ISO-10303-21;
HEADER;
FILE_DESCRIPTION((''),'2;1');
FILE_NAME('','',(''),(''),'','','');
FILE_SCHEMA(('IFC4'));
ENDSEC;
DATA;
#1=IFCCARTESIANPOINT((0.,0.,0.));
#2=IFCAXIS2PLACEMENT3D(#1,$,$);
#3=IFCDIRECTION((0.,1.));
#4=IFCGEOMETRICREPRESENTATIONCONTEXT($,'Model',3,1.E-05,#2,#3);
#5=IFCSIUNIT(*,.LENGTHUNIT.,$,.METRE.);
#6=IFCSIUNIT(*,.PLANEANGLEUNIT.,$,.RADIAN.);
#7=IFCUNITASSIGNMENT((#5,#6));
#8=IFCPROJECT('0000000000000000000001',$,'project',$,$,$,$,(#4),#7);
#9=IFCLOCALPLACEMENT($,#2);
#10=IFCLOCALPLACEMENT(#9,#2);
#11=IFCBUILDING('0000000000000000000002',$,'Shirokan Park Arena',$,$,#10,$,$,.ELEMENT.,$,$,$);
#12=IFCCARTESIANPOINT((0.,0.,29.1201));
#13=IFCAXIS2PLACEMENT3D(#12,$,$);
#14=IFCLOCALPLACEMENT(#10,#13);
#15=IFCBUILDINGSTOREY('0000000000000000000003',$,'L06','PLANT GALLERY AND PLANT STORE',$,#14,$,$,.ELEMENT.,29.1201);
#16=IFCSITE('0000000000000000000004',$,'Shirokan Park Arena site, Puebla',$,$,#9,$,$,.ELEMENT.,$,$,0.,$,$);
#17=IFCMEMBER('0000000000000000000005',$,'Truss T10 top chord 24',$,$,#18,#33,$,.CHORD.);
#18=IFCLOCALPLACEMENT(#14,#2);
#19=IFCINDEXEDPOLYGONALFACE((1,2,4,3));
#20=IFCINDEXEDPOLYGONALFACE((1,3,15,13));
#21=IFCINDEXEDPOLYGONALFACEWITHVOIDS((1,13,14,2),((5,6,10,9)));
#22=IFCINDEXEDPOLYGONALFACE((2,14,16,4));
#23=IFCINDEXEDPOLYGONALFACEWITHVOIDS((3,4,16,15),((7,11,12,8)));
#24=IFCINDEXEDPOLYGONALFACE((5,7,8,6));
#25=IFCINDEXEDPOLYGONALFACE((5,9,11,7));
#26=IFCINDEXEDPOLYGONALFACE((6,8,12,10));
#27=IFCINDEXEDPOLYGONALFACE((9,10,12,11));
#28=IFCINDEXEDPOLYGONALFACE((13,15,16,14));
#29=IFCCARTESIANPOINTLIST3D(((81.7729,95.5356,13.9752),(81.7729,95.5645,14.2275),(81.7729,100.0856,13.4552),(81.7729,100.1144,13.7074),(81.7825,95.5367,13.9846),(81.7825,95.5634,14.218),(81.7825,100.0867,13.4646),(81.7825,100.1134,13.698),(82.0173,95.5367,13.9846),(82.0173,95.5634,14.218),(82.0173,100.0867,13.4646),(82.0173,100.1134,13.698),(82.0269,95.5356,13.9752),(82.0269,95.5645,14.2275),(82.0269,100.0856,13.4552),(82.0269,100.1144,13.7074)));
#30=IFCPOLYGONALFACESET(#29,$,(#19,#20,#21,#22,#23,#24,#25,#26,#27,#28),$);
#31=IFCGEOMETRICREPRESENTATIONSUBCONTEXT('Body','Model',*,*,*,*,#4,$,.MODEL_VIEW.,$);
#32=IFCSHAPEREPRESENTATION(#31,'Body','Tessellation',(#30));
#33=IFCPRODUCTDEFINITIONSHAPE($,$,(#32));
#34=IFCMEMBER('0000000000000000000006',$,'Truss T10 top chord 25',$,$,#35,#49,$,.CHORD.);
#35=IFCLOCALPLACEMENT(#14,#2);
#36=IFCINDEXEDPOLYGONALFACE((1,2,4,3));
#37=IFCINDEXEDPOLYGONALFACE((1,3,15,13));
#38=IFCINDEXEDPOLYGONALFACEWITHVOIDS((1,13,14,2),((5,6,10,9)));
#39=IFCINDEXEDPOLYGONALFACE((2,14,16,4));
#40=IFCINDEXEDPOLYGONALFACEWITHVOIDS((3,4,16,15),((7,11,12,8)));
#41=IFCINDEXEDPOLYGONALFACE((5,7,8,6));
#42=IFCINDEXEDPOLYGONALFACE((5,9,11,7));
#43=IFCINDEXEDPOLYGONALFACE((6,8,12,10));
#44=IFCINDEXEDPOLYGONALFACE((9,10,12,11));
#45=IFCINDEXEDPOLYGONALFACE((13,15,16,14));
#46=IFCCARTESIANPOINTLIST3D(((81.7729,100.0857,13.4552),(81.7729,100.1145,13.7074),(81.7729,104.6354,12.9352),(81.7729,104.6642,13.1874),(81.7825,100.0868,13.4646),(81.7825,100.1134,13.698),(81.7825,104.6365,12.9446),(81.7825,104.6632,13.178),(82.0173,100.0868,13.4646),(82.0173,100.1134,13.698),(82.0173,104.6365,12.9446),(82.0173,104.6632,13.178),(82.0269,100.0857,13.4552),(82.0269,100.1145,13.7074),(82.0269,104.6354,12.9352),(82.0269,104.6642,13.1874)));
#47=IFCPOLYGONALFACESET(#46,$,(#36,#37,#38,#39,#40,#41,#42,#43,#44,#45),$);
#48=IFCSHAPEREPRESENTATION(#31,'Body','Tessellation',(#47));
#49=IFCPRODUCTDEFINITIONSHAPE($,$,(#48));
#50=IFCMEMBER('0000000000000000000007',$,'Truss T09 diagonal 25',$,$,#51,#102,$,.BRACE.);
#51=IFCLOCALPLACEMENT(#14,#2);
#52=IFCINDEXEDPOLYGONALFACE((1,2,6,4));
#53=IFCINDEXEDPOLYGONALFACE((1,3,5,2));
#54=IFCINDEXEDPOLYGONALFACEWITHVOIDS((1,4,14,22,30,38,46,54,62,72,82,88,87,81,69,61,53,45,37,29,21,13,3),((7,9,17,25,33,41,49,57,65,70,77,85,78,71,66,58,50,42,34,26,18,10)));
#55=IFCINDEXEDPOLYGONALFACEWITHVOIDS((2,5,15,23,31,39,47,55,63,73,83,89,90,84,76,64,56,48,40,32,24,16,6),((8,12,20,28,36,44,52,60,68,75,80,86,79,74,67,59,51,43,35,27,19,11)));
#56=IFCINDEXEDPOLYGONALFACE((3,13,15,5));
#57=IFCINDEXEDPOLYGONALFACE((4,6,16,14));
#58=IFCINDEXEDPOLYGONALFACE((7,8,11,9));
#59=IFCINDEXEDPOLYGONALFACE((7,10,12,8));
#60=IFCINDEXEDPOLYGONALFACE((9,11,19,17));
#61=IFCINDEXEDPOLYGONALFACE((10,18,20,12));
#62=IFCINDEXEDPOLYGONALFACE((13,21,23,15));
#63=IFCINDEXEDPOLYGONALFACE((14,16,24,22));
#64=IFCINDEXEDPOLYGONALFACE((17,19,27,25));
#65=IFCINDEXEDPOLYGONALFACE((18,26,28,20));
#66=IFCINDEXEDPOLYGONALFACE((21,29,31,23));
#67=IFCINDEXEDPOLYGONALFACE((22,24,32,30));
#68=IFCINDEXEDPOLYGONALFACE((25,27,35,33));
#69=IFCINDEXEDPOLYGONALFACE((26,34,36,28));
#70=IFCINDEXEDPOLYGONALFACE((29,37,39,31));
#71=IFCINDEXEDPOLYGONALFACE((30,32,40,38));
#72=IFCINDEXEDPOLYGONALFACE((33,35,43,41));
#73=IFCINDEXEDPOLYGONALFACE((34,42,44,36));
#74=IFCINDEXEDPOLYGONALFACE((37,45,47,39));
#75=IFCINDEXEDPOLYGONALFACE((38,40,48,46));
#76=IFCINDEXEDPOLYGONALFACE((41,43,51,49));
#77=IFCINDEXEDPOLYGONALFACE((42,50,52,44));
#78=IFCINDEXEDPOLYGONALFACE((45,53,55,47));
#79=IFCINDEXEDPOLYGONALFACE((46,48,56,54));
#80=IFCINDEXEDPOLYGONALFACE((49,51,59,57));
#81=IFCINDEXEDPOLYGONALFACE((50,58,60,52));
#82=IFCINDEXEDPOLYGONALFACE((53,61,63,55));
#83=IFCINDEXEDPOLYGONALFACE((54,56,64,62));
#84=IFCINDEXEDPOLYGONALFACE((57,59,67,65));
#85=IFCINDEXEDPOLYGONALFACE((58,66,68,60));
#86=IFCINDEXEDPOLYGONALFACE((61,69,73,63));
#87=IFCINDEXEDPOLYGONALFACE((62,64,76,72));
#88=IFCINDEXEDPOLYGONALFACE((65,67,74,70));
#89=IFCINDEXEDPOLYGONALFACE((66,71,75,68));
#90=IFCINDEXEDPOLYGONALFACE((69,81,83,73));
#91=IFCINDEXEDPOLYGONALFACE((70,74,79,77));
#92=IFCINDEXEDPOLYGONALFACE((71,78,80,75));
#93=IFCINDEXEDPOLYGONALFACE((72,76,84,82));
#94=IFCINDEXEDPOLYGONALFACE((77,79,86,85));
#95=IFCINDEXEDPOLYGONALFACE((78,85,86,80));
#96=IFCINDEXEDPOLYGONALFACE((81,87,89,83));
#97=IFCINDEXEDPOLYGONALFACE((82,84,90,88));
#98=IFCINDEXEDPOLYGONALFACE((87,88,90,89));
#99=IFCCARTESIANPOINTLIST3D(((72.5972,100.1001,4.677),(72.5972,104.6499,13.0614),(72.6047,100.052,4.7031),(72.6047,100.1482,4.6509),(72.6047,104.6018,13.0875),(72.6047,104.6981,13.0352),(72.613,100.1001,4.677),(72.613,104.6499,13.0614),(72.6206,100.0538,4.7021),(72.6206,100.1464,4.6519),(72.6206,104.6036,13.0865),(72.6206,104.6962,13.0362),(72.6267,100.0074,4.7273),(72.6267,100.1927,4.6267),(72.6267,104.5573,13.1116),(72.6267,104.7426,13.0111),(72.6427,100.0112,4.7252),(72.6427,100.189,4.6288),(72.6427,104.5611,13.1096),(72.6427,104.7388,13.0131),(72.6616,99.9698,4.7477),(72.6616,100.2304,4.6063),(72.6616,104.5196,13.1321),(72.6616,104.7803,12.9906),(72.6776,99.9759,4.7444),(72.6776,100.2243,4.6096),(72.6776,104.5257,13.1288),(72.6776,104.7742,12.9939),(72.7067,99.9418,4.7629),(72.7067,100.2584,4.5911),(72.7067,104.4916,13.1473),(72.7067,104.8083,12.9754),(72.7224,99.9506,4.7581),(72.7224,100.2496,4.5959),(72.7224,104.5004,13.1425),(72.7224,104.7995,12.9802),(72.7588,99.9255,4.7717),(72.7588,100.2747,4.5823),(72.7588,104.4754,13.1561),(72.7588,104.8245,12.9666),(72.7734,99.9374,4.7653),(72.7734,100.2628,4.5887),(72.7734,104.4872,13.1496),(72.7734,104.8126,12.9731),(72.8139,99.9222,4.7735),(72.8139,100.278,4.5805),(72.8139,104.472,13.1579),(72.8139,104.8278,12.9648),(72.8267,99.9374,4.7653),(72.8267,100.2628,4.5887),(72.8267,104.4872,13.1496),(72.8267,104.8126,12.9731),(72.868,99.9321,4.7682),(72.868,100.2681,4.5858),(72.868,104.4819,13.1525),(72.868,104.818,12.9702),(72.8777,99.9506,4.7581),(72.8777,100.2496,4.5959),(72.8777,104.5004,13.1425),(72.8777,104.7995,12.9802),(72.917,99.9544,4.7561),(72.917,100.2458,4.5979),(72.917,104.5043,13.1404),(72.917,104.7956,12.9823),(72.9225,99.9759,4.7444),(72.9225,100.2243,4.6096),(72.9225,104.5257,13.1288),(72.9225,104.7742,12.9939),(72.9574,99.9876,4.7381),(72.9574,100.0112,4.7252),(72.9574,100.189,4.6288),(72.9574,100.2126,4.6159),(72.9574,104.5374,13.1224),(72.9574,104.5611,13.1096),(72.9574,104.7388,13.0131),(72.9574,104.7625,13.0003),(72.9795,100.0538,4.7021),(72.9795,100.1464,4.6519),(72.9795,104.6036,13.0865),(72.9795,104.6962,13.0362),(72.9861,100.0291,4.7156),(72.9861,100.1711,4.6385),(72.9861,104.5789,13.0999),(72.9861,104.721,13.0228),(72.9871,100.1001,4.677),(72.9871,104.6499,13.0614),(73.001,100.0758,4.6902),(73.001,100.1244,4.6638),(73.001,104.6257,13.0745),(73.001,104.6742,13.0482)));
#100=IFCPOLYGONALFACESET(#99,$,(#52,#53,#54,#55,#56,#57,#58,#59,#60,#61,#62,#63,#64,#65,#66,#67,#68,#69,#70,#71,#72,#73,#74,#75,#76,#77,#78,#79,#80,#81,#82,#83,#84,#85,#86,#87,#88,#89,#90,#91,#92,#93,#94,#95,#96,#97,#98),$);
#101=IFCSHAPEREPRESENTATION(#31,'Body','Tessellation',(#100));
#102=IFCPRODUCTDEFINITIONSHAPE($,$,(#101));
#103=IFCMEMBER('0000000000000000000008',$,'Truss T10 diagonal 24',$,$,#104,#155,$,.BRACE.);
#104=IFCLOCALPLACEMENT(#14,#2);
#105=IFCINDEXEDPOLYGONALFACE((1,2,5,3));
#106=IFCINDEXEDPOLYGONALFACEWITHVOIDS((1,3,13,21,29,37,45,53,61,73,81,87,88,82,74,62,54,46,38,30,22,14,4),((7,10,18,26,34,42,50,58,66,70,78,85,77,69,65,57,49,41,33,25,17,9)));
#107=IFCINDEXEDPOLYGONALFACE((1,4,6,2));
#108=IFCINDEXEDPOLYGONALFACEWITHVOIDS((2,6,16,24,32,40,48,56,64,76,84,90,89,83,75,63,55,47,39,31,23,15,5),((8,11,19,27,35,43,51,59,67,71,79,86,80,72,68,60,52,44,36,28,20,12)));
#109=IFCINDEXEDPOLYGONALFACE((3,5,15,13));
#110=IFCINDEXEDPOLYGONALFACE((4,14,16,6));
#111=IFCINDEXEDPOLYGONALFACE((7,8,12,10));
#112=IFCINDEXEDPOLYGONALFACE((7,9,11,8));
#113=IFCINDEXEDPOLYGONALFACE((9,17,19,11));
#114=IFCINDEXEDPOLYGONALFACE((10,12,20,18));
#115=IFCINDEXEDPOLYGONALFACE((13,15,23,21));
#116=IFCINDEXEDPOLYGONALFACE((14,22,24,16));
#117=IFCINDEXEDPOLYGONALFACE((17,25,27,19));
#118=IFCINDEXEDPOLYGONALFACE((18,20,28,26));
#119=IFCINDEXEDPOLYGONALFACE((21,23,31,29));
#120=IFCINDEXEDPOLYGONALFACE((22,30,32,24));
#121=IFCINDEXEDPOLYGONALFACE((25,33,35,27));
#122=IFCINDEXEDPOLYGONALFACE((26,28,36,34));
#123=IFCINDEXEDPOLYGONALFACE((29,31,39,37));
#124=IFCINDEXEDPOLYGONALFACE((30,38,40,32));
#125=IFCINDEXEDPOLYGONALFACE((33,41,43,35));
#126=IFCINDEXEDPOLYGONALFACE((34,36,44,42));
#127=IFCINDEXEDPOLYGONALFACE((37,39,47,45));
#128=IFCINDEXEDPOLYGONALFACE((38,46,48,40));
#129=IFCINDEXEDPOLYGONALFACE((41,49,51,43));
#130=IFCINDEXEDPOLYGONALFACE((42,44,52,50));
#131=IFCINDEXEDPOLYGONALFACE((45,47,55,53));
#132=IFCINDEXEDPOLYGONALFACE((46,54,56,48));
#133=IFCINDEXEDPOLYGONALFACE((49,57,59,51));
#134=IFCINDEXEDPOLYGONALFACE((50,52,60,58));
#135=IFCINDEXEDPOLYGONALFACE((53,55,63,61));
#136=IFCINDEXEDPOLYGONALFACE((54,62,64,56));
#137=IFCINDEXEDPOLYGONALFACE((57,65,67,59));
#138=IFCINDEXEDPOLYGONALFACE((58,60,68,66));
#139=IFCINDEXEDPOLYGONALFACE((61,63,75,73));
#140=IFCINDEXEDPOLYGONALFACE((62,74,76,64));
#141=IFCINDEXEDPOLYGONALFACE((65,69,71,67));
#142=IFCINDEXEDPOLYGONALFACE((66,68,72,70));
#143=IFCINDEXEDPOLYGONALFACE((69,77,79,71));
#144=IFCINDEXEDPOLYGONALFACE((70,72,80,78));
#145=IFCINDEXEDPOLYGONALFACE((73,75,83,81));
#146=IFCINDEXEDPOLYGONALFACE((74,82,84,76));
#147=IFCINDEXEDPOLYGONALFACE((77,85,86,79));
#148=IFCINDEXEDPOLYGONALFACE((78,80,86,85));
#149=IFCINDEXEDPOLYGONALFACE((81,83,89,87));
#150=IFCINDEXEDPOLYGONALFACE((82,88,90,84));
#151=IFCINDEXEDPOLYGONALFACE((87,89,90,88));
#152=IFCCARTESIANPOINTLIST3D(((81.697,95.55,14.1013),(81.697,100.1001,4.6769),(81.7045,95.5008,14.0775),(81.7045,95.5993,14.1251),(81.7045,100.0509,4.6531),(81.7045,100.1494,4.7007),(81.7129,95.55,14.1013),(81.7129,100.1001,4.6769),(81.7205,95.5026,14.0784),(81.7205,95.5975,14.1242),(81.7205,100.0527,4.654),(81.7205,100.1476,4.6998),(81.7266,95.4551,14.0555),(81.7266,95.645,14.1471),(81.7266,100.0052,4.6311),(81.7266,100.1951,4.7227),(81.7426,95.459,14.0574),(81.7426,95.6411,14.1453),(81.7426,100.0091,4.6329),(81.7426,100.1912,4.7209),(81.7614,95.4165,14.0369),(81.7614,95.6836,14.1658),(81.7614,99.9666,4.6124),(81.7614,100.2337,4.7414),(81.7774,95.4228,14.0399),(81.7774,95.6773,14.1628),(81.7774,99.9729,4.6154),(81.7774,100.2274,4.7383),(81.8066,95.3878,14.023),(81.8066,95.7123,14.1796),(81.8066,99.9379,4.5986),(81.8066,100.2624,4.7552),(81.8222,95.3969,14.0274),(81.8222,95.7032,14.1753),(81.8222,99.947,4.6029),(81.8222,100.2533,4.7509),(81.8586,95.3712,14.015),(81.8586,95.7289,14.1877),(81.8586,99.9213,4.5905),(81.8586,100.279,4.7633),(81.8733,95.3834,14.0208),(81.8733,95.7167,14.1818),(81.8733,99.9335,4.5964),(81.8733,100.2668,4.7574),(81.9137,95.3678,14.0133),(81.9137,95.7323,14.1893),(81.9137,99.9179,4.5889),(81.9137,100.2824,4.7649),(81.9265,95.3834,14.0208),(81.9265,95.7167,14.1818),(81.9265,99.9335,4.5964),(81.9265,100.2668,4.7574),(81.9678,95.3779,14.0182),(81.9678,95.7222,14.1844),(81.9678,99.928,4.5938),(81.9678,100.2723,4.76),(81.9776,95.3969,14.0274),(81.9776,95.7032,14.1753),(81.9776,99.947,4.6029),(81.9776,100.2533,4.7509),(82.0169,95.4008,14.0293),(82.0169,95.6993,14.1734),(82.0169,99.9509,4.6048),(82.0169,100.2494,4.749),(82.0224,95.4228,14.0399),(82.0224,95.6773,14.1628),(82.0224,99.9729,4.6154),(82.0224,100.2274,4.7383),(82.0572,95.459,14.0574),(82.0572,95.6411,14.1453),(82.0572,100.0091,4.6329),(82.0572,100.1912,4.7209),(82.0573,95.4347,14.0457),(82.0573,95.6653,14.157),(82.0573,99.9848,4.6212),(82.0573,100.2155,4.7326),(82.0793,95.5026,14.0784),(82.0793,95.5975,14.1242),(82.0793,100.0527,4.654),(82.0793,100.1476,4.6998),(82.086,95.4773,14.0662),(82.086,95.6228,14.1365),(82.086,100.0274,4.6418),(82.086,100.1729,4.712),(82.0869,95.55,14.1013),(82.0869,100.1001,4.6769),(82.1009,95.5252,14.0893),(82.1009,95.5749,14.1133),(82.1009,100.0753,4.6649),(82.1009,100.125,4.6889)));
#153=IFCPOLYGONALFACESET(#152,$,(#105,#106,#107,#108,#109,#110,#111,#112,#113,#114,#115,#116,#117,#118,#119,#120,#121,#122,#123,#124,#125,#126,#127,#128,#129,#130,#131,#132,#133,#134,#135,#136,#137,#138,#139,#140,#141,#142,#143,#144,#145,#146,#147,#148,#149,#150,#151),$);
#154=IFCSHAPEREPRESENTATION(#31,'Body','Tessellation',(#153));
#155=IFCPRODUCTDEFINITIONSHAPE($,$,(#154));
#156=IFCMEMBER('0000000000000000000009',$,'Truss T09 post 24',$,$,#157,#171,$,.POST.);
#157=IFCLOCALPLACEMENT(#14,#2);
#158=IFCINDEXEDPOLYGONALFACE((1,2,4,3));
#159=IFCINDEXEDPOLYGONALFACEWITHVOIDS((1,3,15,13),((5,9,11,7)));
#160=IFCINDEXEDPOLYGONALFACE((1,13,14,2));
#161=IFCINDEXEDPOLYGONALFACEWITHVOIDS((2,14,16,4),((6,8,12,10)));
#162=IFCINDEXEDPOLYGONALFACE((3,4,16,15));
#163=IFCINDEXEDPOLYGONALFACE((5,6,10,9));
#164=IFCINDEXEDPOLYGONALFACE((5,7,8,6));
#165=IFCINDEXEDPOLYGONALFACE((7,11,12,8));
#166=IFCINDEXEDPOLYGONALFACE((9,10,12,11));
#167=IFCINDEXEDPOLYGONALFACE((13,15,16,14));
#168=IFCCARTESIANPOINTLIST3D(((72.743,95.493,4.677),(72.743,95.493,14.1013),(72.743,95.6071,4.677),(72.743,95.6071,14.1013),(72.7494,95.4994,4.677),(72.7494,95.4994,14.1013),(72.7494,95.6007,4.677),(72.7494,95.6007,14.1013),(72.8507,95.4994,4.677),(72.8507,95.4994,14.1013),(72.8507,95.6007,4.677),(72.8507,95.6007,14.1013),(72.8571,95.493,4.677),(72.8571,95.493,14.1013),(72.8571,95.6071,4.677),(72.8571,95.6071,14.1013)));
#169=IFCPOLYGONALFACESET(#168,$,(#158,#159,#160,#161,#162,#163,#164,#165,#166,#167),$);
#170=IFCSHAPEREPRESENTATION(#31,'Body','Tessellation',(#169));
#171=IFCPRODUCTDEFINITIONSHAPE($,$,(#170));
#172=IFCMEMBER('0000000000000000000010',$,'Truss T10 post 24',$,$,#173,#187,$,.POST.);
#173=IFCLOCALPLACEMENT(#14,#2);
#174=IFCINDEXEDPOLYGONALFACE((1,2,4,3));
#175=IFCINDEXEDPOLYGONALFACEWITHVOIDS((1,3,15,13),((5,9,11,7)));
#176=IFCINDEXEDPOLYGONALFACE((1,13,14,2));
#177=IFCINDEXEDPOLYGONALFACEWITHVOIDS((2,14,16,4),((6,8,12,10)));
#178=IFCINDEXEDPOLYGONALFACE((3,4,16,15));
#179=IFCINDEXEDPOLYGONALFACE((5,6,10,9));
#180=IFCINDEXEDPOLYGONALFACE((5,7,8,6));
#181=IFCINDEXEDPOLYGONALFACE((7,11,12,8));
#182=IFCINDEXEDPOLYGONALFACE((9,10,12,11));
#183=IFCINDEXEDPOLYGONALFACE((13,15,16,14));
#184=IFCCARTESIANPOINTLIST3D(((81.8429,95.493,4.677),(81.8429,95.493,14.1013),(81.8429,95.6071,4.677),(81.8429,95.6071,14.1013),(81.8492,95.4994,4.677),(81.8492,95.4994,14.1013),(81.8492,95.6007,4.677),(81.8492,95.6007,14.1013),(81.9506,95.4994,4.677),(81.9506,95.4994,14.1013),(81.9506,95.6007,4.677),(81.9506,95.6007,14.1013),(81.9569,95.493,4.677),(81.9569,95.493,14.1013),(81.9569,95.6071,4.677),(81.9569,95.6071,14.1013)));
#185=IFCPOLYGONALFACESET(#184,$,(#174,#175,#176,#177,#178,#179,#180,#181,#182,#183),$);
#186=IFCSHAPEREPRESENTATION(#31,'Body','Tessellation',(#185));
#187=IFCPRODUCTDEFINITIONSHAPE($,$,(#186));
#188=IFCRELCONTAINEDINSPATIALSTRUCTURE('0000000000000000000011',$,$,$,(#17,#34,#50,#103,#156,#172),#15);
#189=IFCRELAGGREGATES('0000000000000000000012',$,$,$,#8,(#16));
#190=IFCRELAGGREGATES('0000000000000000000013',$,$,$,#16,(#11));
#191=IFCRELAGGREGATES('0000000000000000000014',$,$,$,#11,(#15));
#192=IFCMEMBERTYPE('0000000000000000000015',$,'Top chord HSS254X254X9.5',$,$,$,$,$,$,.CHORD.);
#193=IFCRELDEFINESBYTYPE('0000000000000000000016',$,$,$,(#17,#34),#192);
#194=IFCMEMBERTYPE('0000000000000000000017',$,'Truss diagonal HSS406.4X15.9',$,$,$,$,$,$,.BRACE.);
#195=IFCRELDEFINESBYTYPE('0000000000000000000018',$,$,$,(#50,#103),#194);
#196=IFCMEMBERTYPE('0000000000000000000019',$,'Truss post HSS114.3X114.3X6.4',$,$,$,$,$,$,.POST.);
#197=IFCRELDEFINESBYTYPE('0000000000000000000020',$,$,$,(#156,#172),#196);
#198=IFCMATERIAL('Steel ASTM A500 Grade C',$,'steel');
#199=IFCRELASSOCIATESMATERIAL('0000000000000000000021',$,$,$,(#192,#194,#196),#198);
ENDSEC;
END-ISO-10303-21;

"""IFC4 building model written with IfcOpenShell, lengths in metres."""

from ifc_helpers import new_model, si_unit, direction, frame, origin, origin_2d, place, context, subcontext, project, spatial, hollow_rectangle, hollow_circle, extrude, material, material_profile, profile_set, type_object, element, save


model = new_model("IFC4")

# Units and contexts
model_context = context("Model", 3, precision=1e-05, world=origin(), true_north=direction((0.0, 1.0)))
body_context = subcontext(model_context, "Body", "Model", "MODEL_VIEW")
ifc_project = project(units=[si_unit("LENGTHUNIT", "METRE"), si_unit("PLANEANGLEUNIT", "RADIAN")], contexts=[model_context])

# Site, building, storey
site_placement = place(None, origin())
site = spatial("IfcSite", under=ifc_project, at=site_placement, Name="Shirokan Park Arena site, Puebla", CompositionType="ELEMENT", RefElevation=0.0)
building_placement = place(site_placement, origin())
building = spatial("IfcBuilding", under=site, at=building_placement, Name="Shirokan Park Arena", CompositionType="ELEMENT")
storey_placement = place(building_placement, frame((0.0, 0.0, 29.1201)))
storey = spatial("IfcBuildingStorey", under=building, at=storey_placement, Name="L06", Description="PLANT GALLERY AND PLANT STORE", CompositionType="ELEMENT", Elevation=29.1201)

# Shared definitions
ifc_material_1 = material(Name="Steel ASTM A500 Grade C", Category="steel")

# Members
ifc_material_profile_1 = material_profile(ifc_material_1, hollow_rectangle(XDim=0.2539, YDim=0.2539, WallThickness=0.0095, at=origin_2d()), Name="HSS254X254X9.5")
ifc_profile_set_1 = profile_set([ifc_material_profile_1], Name="Steel ASTM A500 Grade C")
member_type_1 = type_object("IfcMemberType", Name="Top chord HSS254X254X9.5", PredefinedType="CHORD", material=ifc_profile_set_1)
member_1_placement = place(storey_placement, frame((81.8999, 95.55, 14.1013), z_axis=(0.0, 0.993532, -0.11355), x_axis=(-1.0, 0.0, 0.0)))
element("IfcMember", 1, at=member_1_placement, inside=storey, type_object=member_type_1, Name="Truss T10 top chord 24", PredefinedType="CHORD", context=body_context, shape_type="SweptSolid", body=[
    extrude(hollow_rectangle(XDim=0.2539, YDim=0.2539, WallThickness=0.0095, at=origin_2d()), origin(), (0.0, 0.0, 1.0), 4.5796),
])
member_2_placement = place(storey_placement, frame((81.8999, 100.1001, 13.5813), z_axis=(0.0, 0.993532, -0.113556), x_axis=(-1.0, 0.0, 0.0)))
element("IfcMember", 2, at=member_2_placement, inside=storey, type_object=member_type_1, Name="Truss T10 top chord 25", PredefinedType="CHORD", context=body_context, shape_type="SweptSolid", body=[
    extrude(hollow_rectangle(XDim=0.2539, YDim=0.2539, WallThickness=0.0095, at=origin_2d()), origin(), (0.0, 0.0, 1.0), 4.5793),
])
ifc_material_profile_2 = material_profile(ifc_material_1, hollow_circle(Radius=0.2029, WallThickness=0.0159, at=origin_2d()), Name="HSS406.4X15.9")
ifc_profile_set_2 = profile_set([ifc_material_profile_2], Name="Steel ASTM A500 Grade C")
member_type_2 = type_object("IfcMemberType", Name="Truss diagonal HSS406.4X15.9", PredefinedType="BRACE", material=ifc_profile_set_2)
member_3_placement = place(storey_placement, frame((72.8, 100.1001, 4.677), z_axis=(0.0, 0.476957, 0.878926), x_axis=(-1.0, 0.0, 0.0)))
element("IfcMember", 3, at=member_3_placement, inside=storey, type_object=member_type_2, Name="Truss T09 diagonal 25", PredefinedType="BRACE", context=body_context, shape_type="SweptSolid", body=[
    extrude(hollow_circle(Radius=0.2029, WallThickness=0.0159, at=origin_2d()), origin(), (0.0, 0.0, 1.0), 9.5393),
])
member_4_placement = place(storey_placement, frame((81.8999, 95.55, 14.1013), z_axis=(0.0, 0.434778, -0.900537), x_axis=(-1.0, 0.0, 0.0)))
element("IfcMember", 4, at=member_4_placement, inside=storey, type_object=member_type_2, Name="Truss T10 diagonal 24", PredefinedType="BRACE", context=body_context, shape_type="SweptSolid", body=[
    extrude(hollow_circle(Radius=0.2029, WallThickness=0.0159, at=origin_2d()), origin(), (0.0, 0.0, 1.0), 10.4653),
])
ifc_material_profile_3 = material_profile(ifc_material_1, hollow_rectangle(XDim=0.114, YDim=0.114, WallThickness=0.0063, at=origin_2d()), Name="HSS114.3X114.3X6.4")
ifc_profile_set_3 = profile_set([ifc_material_profile_3], Name="Steel ASTM A500 Grade C")
member_type_3 = type_object("IfcMemberType", Name="Truss post HSS114.3X114.3X6.4", PredefinedType="POST", material=ifc_profile_set_3)
for number, where, z_axis, x_axis, name in (
    (5, (72.8, 95.55, 4.677), (0.0, 0.0, 1.0), (1.0, 0.0, 0.0), "Truss T09 post 24"),
    (6, (81.8999, 95.55, 4.677), (0.0, 0.0, 1.0), (1.0, 0.0, 0.0), "Truss T10 post 24"),
):
    element("IfcMember", number, at=place(storey_placement, frame(where, z_axis=z_axis, x_axis=x_axis)), inside=storey, type_object=member_type_3, Name=name, PredefinedType="POST", context=body_context, shape_type="SweptSolid", body=[
        extrude(hollow_rectangle(XDim=0.114, YDim=0.114, WallThickness=0.0063, at=origin_2d()), origin(), (0.0, 0.0, 1.0), 9.4243),
    ])

save(model, "model.ifc")
